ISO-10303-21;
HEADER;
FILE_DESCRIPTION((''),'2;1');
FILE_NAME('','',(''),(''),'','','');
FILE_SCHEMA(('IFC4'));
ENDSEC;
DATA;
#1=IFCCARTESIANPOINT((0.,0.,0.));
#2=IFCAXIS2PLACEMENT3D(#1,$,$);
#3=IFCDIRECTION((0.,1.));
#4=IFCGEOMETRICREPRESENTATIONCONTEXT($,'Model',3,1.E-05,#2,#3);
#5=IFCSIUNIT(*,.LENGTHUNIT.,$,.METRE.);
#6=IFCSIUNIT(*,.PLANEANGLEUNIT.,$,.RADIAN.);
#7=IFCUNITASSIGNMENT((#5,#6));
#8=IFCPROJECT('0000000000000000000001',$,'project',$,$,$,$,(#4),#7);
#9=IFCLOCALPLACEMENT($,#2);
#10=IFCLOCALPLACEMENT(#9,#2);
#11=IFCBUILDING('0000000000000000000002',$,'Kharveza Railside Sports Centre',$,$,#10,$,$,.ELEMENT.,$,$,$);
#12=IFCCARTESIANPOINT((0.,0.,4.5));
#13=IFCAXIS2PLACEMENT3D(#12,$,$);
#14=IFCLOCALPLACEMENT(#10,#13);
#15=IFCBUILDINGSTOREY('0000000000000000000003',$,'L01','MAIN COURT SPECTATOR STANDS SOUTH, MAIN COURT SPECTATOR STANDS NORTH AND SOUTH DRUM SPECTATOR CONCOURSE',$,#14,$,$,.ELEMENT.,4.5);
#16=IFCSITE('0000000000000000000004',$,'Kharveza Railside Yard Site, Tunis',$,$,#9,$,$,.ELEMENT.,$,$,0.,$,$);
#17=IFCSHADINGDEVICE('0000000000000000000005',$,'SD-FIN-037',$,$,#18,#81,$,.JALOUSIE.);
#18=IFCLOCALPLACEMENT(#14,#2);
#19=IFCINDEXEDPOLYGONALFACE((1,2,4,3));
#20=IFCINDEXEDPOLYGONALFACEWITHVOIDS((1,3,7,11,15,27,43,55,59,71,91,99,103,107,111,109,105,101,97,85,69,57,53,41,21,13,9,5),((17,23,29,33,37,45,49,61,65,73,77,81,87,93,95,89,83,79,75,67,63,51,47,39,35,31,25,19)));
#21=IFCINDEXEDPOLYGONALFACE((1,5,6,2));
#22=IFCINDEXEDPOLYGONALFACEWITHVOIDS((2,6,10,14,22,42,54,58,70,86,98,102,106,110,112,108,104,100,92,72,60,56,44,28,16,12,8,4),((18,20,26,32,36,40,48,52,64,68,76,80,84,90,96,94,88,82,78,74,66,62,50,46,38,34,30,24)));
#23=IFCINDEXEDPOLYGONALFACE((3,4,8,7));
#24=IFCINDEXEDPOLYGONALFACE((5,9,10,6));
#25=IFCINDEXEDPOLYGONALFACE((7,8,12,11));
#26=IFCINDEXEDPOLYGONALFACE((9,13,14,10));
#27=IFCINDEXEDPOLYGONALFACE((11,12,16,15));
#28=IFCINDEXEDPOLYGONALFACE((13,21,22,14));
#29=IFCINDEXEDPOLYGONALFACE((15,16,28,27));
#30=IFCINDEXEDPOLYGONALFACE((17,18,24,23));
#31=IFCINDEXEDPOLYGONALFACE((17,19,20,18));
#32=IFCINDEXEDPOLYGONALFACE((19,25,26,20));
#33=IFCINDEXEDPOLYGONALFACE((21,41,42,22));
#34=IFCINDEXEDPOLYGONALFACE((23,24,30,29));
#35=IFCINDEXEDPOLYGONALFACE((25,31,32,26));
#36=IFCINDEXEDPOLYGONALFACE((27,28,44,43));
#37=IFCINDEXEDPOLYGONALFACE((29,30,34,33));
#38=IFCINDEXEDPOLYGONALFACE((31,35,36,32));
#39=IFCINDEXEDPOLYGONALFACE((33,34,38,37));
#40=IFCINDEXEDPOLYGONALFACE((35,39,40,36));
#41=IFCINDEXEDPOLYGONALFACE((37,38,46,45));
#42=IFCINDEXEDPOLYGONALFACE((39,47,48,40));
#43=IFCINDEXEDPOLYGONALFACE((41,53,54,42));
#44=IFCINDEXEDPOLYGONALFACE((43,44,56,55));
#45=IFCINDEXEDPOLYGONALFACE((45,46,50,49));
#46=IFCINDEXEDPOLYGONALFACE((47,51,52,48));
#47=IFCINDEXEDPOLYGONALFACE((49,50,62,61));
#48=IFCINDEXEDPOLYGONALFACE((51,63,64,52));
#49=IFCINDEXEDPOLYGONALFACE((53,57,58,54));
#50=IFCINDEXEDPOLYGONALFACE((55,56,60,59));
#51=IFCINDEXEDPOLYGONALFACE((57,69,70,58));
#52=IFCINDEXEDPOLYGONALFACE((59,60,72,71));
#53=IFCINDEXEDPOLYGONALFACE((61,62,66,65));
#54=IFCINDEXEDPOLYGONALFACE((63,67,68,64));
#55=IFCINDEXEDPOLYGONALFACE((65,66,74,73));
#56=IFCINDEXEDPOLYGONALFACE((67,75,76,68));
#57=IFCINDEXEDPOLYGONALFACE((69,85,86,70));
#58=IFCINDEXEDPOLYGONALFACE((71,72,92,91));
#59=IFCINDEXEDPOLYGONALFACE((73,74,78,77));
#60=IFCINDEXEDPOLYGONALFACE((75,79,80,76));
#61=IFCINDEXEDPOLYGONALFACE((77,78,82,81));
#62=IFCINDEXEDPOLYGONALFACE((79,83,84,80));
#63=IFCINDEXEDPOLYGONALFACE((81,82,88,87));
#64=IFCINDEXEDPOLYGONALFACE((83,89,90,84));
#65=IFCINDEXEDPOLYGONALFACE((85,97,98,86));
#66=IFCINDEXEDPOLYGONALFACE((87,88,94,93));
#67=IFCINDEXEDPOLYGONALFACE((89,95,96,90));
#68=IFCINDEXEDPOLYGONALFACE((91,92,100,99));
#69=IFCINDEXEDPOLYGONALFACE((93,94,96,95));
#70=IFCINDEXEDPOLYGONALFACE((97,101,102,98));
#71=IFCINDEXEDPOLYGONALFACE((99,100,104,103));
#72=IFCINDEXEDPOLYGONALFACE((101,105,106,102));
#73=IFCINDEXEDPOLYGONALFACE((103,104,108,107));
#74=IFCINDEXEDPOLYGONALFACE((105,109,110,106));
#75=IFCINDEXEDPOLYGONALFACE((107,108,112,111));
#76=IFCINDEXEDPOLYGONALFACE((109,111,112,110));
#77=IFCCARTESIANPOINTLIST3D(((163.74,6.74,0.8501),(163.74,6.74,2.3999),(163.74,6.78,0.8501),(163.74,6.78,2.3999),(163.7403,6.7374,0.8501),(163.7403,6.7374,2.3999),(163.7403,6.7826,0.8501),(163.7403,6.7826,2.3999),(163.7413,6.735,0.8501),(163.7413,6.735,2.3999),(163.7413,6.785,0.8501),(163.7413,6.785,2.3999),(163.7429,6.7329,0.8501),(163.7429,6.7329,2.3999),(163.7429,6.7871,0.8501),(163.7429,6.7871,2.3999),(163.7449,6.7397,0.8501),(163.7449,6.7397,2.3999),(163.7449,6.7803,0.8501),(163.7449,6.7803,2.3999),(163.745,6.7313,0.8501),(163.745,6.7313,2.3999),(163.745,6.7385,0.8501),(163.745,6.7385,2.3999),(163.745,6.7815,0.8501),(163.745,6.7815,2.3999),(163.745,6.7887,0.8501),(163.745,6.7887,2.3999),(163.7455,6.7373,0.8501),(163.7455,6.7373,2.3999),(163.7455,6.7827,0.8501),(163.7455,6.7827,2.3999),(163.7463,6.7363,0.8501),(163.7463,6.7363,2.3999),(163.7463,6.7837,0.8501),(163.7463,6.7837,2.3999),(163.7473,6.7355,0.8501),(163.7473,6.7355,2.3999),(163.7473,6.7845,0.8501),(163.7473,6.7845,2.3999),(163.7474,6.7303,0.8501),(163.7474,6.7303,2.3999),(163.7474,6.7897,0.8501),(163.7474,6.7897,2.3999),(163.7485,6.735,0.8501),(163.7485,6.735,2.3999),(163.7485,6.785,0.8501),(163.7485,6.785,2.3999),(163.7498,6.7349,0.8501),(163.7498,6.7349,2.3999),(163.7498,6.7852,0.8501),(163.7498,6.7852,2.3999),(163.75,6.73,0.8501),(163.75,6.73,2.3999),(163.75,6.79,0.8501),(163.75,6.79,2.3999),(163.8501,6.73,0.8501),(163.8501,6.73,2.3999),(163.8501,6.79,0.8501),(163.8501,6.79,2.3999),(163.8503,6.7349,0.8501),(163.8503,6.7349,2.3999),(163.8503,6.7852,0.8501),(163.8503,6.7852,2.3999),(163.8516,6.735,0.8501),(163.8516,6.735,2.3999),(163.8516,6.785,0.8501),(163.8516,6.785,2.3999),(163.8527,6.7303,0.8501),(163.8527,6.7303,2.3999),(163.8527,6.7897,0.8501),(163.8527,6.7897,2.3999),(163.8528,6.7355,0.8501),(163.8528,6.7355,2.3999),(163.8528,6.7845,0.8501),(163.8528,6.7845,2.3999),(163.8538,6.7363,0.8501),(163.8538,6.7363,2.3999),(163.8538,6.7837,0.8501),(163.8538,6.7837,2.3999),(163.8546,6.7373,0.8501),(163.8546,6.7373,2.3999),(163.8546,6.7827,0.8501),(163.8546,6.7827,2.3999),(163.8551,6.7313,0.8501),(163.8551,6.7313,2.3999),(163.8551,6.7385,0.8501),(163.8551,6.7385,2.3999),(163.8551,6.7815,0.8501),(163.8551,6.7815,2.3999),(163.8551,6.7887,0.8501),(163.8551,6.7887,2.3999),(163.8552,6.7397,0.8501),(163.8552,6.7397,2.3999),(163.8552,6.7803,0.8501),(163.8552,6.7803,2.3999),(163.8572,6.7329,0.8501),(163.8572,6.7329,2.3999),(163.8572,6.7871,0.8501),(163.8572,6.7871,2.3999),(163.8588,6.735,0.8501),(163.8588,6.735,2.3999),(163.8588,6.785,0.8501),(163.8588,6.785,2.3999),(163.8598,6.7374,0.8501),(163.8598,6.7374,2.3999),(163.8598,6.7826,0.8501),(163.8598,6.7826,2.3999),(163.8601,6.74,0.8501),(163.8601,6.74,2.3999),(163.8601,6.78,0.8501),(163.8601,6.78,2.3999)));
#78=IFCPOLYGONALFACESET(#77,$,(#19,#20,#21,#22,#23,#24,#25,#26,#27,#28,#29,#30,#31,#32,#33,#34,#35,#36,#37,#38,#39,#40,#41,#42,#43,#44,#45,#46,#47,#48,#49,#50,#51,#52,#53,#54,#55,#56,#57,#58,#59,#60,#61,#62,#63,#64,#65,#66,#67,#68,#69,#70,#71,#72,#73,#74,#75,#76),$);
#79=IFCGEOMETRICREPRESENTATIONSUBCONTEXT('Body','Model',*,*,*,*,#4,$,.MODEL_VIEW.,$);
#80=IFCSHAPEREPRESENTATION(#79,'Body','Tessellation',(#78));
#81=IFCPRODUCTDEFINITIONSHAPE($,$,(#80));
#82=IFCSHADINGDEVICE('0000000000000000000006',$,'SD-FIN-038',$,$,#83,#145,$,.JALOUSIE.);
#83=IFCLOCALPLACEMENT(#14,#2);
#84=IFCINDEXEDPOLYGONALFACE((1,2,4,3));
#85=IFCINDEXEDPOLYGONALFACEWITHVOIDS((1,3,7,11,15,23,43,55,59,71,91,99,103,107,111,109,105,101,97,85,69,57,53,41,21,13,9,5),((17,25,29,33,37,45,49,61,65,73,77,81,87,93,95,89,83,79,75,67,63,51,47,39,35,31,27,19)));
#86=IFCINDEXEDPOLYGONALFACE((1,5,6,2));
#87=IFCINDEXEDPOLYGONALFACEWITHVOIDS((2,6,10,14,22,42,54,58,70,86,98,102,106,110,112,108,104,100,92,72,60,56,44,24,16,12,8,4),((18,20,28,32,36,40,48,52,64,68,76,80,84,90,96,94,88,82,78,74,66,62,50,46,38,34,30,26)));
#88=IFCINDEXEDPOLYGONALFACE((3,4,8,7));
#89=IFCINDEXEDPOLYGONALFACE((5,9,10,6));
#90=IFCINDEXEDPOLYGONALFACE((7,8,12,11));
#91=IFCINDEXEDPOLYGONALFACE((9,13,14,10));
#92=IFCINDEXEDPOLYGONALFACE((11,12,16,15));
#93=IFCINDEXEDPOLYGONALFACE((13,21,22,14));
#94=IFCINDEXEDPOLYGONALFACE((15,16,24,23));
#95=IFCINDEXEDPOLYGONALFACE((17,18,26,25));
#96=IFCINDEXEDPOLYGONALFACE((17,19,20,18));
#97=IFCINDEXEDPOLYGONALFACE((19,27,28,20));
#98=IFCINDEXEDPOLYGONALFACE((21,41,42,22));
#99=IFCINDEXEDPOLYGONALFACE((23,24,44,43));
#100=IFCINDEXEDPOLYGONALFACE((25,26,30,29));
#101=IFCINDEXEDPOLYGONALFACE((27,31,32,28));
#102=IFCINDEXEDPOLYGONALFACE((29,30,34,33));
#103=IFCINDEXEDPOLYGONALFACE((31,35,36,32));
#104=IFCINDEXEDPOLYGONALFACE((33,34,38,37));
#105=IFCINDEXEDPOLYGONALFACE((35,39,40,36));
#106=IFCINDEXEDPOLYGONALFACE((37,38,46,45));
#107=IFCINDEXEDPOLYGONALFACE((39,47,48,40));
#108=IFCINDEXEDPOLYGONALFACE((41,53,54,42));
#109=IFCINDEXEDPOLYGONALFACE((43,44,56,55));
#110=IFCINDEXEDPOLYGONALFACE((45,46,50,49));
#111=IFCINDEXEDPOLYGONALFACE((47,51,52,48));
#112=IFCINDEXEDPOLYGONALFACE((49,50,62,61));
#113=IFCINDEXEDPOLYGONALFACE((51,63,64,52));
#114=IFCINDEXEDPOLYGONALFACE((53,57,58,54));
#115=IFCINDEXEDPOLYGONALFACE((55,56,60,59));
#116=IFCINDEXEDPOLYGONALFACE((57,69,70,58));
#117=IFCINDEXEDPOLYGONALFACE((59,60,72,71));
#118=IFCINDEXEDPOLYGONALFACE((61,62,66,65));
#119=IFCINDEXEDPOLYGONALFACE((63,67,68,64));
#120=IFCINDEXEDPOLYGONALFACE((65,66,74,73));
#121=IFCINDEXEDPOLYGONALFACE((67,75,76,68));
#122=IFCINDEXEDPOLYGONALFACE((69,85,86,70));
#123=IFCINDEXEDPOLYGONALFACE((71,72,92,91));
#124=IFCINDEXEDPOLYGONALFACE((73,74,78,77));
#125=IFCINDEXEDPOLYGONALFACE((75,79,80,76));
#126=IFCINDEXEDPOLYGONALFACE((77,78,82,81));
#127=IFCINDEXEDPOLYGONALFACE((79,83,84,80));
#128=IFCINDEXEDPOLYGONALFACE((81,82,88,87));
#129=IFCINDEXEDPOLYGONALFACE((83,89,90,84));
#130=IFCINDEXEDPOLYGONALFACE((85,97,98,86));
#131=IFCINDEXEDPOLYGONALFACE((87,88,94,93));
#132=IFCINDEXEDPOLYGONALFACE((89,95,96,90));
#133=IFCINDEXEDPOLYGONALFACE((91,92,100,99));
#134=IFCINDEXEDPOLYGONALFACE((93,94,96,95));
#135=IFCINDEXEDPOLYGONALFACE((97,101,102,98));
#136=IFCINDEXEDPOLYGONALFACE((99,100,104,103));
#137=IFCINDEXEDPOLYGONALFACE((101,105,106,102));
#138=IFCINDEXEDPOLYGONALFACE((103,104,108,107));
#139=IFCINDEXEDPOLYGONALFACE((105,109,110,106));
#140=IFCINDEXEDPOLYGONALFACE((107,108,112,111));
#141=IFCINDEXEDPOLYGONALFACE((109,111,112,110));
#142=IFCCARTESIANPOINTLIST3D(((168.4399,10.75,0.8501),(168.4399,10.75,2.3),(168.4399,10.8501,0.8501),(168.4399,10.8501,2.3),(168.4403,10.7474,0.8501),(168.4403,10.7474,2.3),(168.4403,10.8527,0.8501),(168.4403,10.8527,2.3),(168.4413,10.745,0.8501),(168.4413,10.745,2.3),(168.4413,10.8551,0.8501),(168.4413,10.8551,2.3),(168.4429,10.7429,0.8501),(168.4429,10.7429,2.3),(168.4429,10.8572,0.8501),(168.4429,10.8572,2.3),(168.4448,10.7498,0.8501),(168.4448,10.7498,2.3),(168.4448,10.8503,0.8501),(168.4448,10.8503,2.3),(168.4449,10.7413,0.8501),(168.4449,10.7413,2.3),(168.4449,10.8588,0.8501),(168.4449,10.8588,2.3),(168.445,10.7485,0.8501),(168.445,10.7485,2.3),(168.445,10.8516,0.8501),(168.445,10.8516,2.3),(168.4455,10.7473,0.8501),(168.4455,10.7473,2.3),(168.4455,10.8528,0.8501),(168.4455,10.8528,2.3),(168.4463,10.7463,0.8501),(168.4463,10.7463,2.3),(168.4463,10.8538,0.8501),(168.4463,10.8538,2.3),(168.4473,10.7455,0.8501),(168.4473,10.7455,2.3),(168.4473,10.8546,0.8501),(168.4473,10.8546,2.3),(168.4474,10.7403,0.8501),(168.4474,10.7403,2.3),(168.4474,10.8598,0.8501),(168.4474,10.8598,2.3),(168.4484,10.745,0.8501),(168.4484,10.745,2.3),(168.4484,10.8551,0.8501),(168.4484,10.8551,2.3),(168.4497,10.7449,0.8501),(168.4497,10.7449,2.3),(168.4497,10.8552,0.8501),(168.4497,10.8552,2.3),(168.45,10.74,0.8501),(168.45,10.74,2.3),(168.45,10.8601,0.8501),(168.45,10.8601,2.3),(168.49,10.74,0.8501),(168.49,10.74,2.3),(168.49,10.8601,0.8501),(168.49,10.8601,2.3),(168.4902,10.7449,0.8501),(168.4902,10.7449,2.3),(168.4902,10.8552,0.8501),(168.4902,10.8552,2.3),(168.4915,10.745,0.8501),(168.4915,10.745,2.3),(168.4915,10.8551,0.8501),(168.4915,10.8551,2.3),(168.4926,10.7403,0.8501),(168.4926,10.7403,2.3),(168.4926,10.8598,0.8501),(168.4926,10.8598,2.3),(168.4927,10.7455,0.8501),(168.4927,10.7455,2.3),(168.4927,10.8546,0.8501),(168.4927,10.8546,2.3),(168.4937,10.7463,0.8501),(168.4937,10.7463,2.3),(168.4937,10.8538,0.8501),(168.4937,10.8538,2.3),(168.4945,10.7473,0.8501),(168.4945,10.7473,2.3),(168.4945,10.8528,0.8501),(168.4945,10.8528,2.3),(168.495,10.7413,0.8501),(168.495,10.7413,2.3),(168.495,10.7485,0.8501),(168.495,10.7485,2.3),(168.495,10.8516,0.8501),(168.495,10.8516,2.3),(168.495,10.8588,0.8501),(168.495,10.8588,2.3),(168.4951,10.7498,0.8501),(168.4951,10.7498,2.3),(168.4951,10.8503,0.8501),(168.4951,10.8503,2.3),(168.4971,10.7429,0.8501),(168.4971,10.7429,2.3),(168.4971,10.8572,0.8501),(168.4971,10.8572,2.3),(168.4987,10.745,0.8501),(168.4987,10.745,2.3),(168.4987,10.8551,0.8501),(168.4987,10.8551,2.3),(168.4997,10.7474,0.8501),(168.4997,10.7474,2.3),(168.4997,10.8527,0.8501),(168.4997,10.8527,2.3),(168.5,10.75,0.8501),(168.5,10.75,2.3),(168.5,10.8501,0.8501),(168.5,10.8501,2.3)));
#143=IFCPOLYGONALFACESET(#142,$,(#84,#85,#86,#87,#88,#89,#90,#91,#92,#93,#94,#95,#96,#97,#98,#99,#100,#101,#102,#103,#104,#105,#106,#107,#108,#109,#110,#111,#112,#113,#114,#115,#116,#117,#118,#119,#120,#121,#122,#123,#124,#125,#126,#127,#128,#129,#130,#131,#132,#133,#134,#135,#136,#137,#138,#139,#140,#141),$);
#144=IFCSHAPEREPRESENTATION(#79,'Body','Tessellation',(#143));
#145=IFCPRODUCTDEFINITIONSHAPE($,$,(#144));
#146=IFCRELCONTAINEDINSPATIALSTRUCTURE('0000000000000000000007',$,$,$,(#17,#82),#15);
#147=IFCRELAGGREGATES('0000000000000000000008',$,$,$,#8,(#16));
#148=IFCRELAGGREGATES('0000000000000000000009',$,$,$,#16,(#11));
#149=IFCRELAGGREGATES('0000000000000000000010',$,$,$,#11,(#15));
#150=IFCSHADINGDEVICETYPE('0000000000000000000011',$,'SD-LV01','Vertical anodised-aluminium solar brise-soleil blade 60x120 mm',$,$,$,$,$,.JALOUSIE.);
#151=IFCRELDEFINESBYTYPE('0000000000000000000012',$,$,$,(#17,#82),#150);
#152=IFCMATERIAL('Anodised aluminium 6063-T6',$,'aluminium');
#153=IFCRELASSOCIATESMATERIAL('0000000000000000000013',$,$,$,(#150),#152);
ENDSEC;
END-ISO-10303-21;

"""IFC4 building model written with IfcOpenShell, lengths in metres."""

from ifc_helpers import new_model, si_unit, direction, frame, origin, origin_2d, place, context, subcontext, project, spatial, hollow_rectangle, extrude, material, material_profile, profile_set, type_object, element, save


model = new_model("IFC4")

# Units and contexts
model_context = context("Model", 3, precision=1e-05, world=origin(), true_north=direction((0.0, 1.0)))
body_context = subcontext(model_context, "Body", "Model", "MODEL_VIEW")
ifc_project = project(units=[si_unit("LENGTHUNIT", "METRE"), si_unit("PLANEANGLEUNIT", "RADIAN")], contexts=[model_context])

# Site, building, storey
site_placement = place(None, origin())
site = spatial("IfcSite", under=ifc_project, at=site_placement, Name="Kharveza Railside Yard Site, Tunis", CompositionType="ELEMENT", RefElevation=0.0)
building_placement = place(site_placement, origin())
building = spatial("IfcBuilding", under=site, at=building_placement, Name="Kharveza Railside Sports Centre", CompositionType="ELEMENT")
storey_placement = place(building_placement, frame((0.0, 0.0, 4.5)))
storey = spatial("IfcBuildingStorey", under=building, at=storey_placement, Name="L01", Description="MAIN COURT SPECTATOR STANDS SOUTH, MAIN COURT SPECTATOR STANDS NORTH AND SOUTH DRUM SPECTATOR CONCOURSE", CompositionType="ELEMENT", Elevation=4.5)

# Shading devices
ifc_material_1 = material(Name="Anodised aluminium 6063-T6", Category="aluminium")
ifc_material_profile_1 = material_profile(ifc_material_1, hollow_rectangle(XDim=0.0601, YDim=0.1201, WallThickness=0.0049, InnerFilletRadius=0.0049, OuterFilletRadius=0.01, at=origin_2d()), Name="RHS 60x120x5.0")
ifc_profile_set_1 = profile_set([ifc_material_profile_1], Name="Anodised aluminium 6063-T6")
shading_device_type = type_object("IfcShadingDeviceType", Name="SD-LV01", Description="Vertical anodised-aluminium solar brise-soleil blade 60x120 mm", PredefinedType="JALOUSIE", material=ifc_profile_set_1)
shading_device_1_placement = place(storey_placement, frame((163.8, 6.76, 0.8501), z_axis=(0.0, 0.0, 1.0), x_axis=(0.0, -1.0, 0.0)))
element("IfcShadingDevice", 1, at=shading_device_1_placement, inside=storey, type_object=shading_device_type, Name="SD-FIN-037", PredefinedType="JALOUSIE", context=body_context, shape_type="SweptSolid", body=[
    extrude(hollow_rectangle(XDim=0.0601, YDim=0.1201, WallThickness=0.0049, InnerFilletRadius=0.0049, OuterFilletRadius=0.01, at=origin_2d()), origin(), (0.0, 0.0, 1.0), 1.5498),
])
shading_device_2_placement = place(storey_placement, frame((168.47, 10.8, 0.8501), z_axis=(0.0, 0.0, 1.0), x_axis=(1.0, 0.0, 0.0)))
element("IfcShadingDevice", 2, at=shading_device_2_placement, inside=storey, type_object=shading_device_type, Name="SD-FIN-038", PredefinedType="JALOUSIE", context=body_context, shape_type="SweptSolid", body=[
    extrude(hollow_rectangle(XDim=0.0601, YDim=0.1201, WallThickness=0.0049, InnerFilletRadius=0.0049, OuterFilletRadius=0.01, at=origin_2d()), origin(), (0.0, 0.0, 1.0), 1.45),
])

save(model, "model.ifc")
